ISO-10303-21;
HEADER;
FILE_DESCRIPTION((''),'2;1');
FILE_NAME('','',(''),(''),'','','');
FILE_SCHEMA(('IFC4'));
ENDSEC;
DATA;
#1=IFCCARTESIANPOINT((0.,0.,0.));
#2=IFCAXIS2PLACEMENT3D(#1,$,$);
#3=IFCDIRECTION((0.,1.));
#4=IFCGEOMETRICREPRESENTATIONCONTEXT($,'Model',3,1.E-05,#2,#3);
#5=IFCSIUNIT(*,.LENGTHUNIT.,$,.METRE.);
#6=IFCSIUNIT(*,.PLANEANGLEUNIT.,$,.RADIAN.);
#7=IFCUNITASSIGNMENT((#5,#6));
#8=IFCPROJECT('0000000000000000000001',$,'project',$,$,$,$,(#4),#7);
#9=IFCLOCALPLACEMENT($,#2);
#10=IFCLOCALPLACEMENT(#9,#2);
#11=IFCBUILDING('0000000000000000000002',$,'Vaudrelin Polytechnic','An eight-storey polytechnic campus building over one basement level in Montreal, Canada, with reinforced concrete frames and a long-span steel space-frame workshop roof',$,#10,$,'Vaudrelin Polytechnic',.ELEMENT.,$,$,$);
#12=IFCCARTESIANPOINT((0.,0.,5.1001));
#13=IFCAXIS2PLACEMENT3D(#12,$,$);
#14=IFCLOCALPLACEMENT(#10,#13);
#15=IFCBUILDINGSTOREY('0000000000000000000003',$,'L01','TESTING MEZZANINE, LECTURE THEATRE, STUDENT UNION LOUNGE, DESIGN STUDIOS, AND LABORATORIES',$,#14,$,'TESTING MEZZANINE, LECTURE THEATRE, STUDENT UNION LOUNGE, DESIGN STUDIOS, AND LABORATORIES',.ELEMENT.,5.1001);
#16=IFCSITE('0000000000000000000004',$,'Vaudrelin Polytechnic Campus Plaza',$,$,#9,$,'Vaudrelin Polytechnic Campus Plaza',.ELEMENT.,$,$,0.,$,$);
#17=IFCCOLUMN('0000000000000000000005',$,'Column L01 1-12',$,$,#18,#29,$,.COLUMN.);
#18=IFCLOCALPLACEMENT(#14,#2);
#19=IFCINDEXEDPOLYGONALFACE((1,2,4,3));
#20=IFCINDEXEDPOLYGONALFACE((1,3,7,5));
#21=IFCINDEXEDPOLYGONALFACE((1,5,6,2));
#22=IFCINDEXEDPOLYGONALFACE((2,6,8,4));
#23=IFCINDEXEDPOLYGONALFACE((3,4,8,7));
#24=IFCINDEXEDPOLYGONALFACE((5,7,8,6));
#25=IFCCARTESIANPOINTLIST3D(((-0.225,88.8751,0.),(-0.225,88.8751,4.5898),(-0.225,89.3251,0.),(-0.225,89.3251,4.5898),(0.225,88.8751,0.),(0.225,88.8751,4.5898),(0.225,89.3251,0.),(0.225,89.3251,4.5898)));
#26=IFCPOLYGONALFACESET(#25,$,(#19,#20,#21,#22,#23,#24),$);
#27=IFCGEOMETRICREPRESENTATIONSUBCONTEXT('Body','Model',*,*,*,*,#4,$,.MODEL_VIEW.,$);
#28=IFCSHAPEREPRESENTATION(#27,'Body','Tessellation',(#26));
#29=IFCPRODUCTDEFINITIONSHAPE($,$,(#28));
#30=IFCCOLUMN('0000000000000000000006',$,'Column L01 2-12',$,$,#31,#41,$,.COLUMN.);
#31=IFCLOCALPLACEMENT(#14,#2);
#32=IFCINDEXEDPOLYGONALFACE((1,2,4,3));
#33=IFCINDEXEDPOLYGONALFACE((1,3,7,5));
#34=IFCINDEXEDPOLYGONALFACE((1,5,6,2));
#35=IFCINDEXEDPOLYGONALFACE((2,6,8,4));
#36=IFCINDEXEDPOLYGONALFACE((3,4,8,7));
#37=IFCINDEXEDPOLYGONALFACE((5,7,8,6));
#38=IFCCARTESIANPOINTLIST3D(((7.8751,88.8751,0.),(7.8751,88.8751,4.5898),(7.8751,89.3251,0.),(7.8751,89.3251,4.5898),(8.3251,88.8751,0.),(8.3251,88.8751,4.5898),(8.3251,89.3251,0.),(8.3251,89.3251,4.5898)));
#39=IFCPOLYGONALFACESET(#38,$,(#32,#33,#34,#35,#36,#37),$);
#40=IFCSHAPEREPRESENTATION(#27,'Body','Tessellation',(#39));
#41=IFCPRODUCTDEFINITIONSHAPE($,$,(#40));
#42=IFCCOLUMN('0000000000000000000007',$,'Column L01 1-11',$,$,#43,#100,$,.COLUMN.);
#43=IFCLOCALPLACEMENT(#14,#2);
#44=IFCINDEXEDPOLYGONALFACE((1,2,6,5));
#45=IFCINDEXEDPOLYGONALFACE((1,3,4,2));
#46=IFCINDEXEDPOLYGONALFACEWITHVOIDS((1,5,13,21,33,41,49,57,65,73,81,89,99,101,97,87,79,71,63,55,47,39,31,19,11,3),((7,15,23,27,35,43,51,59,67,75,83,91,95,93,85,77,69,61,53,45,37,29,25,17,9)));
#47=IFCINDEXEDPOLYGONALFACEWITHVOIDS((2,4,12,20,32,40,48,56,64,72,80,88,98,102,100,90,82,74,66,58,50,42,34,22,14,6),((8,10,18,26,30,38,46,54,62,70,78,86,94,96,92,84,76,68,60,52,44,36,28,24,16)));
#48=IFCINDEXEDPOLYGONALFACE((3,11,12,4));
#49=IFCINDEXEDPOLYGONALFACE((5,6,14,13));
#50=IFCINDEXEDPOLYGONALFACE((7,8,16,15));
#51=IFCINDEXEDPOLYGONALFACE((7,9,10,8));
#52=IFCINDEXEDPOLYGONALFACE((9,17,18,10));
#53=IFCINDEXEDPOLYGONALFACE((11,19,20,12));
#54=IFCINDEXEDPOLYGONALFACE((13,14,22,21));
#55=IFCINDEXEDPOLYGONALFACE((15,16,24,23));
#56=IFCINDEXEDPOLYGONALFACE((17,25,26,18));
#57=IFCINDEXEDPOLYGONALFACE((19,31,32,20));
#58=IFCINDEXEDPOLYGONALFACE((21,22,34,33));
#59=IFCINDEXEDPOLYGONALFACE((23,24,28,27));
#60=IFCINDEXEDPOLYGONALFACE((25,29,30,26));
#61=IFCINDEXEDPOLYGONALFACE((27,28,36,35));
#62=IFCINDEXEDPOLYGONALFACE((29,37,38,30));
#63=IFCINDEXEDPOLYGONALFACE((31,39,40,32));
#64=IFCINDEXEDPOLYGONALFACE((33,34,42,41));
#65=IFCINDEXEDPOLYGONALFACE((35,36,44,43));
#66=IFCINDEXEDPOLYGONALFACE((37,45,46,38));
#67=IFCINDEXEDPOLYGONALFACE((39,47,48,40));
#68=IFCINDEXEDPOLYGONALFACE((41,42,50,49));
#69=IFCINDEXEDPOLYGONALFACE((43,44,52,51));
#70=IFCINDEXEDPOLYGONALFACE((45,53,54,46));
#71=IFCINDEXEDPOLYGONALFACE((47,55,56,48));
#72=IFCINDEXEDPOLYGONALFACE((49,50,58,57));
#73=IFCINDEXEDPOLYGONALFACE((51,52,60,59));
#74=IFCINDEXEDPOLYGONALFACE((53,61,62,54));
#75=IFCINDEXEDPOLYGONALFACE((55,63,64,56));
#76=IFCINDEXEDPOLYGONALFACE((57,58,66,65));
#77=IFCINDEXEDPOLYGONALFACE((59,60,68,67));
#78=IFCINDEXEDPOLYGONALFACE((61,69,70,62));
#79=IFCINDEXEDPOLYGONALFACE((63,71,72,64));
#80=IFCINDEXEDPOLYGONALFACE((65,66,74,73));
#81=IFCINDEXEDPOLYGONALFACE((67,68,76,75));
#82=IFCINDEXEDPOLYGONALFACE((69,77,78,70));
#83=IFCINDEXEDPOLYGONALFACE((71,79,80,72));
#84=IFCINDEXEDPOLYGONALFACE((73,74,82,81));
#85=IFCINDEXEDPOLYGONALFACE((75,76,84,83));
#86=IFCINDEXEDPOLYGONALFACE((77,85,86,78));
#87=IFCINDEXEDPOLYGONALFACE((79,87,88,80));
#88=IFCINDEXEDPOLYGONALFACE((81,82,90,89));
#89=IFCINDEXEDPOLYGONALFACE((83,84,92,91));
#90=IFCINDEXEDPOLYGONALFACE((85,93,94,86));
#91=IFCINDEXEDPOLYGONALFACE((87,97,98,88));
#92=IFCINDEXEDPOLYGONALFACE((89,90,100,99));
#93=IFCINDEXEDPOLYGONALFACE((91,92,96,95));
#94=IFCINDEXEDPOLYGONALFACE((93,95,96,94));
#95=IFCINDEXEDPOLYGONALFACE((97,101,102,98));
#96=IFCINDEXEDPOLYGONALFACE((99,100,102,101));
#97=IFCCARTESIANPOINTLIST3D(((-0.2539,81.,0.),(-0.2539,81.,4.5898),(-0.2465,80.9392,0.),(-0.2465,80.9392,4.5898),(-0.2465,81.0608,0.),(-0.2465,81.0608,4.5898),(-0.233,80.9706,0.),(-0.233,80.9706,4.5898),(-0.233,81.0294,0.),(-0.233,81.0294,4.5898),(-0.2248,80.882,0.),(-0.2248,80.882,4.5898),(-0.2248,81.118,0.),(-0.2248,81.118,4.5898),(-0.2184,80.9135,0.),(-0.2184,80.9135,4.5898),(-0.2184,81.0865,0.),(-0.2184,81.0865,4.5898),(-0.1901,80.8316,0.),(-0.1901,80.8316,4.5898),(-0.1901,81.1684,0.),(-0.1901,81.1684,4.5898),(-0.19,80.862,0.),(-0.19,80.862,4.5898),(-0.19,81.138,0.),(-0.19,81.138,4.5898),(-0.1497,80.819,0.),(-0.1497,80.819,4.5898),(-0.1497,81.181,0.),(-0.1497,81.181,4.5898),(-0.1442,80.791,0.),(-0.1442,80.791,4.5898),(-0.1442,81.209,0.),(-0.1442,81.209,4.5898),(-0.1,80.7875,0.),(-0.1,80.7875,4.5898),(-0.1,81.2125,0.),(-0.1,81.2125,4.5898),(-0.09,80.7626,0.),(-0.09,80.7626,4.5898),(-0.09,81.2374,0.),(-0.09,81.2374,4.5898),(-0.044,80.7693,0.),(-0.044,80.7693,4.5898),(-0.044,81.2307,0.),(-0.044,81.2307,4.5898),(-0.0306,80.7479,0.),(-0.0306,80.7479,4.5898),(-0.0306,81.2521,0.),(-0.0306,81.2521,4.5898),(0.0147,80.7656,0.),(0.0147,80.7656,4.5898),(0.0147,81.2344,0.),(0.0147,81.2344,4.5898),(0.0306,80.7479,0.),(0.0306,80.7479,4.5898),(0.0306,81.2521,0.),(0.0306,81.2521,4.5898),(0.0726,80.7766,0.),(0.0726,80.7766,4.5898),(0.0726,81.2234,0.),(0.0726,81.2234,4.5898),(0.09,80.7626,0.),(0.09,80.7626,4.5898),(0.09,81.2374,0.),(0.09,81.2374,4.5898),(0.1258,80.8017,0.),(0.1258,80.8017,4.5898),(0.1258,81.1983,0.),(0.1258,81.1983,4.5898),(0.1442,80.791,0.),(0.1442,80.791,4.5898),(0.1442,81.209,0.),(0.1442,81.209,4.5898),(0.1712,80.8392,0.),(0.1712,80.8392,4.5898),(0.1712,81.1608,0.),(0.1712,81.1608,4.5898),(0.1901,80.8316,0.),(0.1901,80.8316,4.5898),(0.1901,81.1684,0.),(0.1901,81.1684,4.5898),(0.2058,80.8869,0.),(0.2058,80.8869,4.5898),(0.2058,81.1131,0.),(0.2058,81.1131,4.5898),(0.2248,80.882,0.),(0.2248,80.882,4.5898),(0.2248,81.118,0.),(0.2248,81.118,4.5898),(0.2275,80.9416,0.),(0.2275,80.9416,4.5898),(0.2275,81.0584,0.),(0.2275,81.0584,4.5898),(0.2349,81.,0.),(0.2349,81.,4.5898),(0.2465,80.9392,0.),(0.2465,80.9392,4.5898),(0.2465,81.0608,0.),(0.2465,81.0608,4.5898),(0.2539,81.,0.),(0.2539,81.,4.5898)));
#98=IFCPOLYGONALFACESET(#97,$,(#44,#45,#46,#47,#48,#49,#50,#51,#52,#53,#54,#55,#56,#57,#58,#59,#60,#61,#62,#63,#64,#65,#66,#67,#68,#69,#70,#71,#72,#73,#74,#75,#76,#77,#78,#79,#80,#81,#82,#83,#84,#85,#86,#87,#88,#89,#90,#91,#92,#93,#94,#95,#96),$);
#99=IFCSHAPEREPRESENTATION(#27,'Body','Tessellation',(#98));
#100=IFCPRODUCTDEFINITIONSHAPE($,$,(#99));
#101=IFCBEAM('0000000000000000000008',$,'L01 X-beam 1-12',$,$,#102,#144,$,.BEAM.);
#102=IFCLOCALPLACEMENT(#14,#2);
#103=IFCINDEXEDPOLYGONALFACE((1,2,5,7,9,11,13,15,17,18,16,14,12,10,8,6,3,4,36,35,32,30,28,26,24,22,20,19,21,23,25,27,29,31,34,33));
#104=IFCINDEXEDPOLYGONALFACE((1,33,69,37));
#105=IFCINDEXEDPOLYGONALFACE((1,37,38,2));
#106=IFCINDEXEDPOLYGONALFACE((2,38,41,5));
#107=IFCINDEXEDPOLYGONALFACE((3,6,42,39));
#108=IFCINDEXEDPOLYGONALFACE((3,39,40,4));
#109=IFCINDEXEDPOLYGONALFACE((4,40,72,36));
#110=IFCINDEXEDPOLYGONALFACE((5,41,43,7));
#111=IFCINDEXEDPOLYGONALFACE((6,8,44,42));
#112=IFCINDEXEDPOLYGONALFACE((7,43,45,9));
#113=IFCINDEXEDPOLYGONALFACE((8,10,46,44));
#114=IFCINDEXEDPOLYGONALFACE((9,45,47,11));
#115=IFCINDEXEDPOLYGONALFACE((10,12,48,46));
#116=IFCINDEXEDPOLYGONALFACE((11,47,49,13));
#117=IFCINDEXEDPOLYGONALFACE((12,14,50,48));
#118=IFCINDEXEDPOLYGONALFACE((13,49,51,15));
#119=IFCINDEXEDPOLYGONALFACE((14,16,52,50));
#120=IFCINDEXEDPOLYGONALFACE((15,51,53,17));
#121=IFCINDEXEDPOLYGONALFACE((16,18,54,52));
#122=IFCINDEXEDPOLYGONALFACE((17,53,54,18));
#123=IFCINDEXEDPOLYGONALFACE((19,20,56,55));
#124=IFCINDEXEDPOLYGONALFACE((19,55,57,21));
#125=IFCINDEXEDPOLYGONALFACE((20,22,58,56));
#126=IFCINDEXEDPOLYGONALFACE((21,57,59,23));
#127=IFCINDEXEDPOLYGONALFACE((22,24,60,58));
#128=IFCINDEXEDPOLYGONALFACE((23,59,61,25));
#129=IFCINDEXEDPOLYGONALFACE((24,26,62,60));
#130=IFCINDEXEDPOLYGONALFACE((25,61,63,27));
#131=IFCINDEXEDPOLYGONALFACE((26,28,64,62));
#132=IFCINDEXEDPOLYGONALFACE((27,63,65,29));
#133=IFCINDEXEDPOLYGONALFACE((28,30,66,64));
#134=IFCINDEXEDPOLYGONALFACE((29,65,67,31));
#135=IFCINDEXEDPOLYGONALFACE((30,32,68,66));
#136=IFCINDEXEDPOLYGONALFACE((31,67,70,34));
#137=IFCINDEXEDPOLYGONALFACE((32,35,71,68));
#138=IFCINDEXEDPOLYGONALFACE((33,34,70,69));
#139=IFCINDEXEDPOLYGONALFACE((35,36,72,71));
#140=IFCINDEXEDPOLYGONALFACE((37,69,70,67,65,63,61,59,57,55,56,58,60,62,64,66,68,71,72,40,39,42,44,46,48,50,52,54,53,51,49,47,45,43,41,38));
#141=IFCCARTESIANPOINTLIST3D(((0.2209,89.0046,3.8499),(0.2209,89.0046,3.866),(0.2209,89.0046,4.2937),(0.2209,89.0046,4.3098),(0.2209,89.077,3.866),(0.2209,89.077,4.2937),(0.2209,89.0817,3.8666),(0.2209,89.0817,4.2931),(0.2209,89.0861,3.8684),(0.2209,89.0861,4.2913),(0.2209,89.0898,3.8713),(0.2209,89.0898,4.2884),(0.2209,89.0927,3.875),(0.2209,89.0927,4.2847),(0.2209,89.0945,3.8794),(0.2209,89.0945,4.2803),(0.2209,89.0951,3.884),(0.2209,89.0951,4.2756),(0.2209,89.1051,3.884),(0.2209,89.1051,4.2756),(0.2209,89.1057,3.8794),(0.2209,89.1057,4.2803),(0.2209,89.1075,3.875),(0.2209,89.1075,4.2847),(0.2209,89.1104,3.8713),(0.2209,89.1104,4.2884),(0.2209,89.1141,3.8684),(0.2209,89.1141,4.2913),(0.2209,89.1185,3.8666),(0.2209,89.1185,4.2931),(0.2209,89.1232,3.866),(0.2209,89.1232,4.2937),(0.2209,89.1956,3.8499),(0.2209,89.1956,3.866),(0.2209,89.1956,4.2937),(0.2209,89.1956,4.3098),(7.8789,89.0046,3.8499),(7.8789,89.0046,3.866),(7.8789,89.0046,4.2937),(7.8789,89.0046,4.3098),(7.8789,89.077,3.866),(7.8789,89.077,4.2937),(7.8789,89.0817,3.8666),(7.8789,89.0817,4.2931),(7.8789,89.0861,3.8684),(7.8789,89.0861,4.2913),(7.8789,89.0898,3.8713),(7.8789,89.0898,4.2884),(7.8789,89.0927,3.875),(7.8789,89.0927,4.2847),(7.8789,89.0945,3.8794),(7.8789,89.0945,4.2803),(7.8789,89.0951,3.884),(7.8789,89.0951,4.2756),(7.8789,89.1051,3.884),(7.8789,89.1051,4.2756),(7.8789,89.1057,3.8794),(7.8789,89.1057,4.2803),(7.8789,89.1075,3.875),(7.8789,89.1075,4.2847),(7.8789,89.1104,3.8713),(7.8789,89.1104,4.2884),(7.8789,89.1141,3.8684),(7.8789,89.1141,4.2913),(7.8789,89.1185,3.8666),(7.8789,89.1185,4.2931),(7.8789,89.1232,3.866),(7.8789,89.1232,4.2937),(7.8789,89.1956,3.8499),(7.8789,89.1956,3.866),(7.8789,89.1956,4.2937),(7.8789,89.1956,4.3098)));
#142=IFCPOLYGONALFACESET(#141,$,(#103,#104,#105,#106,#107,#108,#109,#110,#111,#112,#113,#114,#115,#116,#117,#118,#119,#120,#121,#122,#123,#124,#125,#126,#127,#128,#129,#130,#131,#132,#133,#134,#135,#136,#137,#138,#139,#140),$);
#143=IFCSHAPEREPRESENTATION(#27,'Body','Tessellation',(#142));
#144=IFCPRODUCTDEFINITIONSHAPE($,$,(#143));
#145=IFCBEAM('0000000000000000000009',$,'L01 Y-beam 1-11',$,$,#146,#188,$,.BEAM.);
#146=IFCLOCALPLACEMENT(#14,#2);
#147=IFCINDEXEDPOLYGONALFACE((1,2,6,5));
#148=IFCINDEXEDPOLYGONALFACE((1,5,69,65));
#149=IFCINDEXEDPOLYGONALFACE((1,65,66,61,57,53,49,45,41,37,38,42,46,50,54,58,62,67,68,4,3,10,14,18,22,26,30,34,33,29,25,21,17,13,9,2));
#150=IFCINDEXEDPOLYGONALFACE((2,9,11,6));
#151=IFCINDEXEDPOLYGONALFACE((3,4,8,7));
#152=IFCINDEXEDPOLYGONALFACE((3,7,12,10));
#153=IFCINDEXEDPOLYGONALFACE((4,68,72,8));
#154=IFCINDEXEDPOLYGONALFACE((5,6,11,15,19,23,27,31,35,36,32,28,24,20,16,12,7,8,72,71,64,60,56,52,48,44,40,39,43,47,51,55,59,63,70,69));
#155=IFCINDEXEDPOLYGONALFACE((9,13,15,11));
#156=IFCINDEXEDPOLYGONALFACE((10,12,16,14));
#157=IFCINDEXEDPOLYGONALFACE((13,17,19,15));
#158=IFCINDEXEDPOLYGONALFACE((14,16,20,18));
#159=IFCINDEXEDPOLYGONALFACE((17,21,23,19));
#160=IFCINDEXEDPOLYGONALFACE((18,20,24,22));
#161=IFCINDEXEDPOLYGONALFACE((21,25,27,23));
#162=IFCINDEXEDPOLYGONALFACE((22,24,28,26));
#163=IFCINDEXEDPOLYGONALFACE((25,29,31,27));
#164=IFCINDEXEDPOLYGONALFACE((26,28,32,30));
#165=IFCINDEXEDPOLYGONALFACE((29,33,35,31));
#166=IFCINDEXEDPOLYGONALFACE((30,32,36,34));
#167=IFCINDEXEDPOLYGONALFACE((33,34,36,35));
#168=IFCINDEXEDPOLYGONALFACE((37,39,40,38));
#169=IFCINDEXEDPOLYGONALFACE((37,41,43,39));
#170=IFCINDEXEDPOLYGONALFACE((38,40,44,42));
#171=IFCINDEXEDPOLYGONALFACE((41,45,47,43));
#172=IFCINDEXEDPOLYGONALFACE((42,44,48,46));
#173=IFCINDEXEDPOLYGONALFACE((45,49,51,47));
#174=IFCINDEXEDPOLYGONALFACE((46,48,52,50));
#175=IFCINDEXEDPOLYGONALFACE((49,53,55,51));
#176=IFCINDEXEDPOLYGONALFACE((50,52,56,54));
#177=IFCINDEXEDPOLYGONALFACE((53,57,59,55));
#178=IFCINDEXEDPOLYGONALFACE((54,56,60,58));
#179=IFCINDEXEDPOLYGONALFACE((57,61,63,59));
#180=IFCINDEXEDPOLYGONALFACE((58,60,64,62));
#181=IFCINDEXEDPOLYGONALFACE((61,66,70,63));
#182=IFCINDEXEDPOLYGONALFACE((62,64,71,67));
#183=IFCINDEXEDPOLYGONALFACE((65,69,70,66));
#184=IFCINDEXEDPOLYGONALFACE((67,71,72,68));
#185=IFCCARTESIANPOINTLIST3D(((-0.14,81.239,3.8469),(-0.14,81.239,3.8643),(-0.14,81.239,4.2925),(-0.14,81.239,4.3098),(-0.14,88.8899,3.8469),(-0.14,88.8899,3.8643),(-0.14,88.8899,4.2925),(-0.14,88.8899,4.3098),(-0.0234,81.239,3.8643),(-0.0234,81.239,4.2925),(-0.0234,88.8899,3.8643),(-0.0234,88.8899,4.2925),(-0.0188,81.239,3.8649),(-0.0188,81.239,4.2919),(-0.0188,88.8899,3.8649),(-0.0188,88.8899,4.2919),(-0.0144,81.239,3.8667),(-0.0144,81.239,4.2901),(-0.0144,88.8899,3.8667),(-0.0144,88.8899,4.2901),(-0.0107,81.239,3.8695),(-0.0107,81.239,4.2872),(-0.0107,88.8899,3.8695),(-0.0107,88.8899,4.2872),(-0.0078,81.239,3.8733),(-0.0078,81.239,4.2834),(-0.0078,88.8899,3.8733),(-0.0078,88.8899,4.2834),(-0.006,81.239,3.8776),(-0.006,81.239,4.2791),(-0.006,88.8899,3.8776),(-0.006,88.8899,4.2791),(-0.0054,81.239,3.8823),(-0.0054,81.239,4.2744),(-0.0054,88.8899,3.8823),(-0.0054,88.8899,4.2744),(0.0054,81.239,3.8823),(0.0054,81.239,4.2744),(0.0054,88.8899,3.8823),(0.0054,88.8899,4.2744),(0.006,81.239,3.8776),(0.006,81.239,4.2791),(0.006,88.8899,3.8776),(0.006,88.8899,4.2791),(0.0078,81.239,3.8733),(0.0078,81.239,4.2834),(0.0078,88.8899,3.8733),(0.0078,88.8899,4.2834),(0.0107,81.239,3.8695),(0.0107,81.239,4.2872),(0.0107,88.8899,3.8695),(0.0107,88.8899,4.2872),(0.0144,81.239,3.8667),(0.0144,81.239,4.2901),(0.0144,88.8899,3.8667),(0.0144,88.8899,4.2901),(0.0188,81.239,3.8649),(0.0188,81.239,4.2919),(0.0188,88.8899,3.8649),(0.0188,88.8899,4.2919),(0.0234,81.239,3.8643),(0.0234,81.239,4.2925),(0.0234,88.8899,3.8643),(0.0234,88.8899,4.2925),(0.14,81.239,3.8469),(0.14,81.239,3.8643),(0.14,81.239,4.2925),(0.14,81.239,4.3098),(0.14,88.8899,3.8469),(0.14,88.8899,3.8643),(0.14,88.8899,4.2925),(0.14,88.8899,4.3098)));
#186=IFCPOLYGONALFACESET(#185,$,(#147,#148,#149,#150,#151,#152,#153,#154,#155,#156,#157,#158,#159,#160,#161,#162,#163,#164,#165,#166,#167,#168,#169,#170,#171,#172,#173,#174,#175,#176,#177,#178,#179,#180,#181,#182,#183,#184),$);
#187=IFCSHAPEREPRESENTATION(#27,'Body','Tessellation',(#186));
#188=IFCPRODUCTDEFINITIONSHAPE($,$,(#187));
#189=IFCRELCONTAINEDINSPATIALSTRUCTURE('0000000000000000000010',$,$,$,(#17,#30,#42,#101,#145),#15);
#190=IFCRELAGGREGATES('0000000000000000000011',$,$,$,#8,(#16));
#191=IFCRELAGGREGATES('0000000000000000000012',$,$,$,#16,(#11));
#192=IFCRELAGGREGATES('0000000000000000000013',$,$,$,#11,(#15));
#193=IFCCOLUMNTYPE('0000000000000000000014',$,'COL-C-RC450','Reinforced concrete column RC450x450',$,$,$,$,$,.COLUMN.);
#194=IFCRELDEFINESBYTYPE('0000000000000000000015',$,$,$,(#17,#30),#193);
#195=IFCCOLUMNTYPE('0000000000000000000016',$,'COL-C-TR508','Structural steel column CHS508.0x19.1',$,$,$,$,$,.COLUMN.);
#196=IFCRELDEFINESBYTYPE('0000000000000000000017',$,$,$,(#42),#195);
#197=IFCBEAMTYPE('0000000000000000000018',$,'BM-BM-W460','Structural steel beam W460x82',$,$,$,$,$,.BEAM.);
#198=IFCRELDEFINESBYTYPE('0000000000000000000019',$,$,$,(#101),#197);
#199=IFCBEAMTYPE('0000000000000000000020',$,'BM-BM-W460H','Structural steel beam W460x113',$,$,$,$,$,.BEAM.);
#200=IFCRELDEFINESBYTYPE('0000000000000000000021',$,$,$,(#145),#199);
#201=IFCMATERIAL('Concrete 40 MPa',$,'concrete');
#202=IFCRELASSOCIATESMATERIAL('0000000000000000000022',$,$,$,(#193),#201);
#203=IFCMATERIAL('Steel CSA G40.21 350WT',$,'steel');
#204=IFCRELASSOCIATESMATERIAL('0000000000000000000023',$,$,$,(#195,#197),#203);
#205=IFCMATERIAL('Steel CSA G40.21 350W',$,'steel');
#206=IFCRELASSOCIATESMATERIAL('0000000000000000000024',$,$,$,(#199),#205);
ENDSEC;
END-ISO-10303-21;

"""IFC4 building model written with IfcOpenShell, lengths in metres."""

from ifc_helpers import new_model, si_unit, direction, frame, origin, origin_2d, place, context, subcontext, project, spatial, rectangle, hollow_circle, i_section, extrude, material, material_profile, profile_set, type_object, element, save


model = new_model("IFC4")

# Units and contexts
model_context = context("Model", 3, precision=1e-05, world=origin(), true_north=direction((0.0, 1.0)))
body_context = subcontext(model_context, "Body", "Model", "MODEL_VIEW")
ifc_project = project(units=[si_unit("LENGTHUNIT", "METRE"), si_unit("PLANEANGLEUNIT", "RADIAN")], contexts=[model_context])

# Site, building, storey
site_placement = place(None, origin())
site = spatial("IfcSite", under=ifc_project, at=site_placement, Name="Vaudrelin Polytechnic Campus Plaza", LongName="Vaudrelin Polytechnic Campus Plaza", CompositionType="ELEMENT", RefElevation=0.0)
building_placement = place(site_placement, origin())
building = spatial("IfcBuilding", under=site, at=building_placement, Name="Vaudrelin Polytechnic", Description="An eight-storey polytechnic campus building over one basement level in Montreal, Canada, with reinforced concrete frames and a long-span steel space-frame workshop roof", LongName="Vaudrelin Polytechnic", CompositionType="ELEMENT")
storey_placement = place(building_placement, frame((0.0, 0.0, 5.1001)))
storey = spatial("IfcBuildingStorey", under=building, at=storey_placement, Name="L01", Description="TESTING MEZZANINE, LECTURE THEATRE, STUDENT UNION LOUNGE, DESIGN STUDIOS, AND LABORATORIES", LongName="TESTING MEZZANINE, LECTURE THEATRE, STUDENT UNION LOUNGE, DESIGN STUDIOS, AND LABORATORIES", CompositionType="ELEMENT", Elevation=5.1001)

# Columns
ifc_material_1 = material(Name="Concrete 40 MPa", Category="concrete")
ifc_material_profile_1 = material_profile(ifc_material_1, rectangle(XDim=0.45, YDim=0.45, at=origin_2d()), Name="RC450x450")
ifc_profile_set_1 = profile_set([ifc_material_profile_1], Name="Concrete 40 MPa")
column_type_1 = type_object("IfcColumnType", Name="COL-C-RC450", Description="Reinforced concrete column RC450x450", PredefinedType="COLUMN", material=ifc_profile_set_1)
for number, where, z_axis, x_axis, name in (
    (1, (0.0, 89.1001, 0.0), (0.0, 0.0, 1.0), (1.0, 0.0, 0.0), "Column L01 1-12"),
    (2, (8.1001, 89.1001, 0.0), (0.0, 0.0, 1.0), (1.0, 0.0, 0.0), "Column L01 2-12"),
):
    element("IfcColumn", number, at=place(storey_placement, frame(where, z_axis=z_axis, x_axis=x_axis)), inside=storey, type_object=column_type_1, Name=name, PredefinedType="COLUMN", context=body_context, shape_type="SweptSolid", body=[
        extrude(rectangle(XDim=0.45, YDim=0.45, at=origin_2d()), origin(), (0.0, 0.0, 1.0), 4.5898),
    ])
ifc_material_2 = material(Name="Steel CSA G40.21 350WT", Category="steel")
ifc_material_profile_2 = material_profile(ifc_material_2, hollow_circle(Radius=0.2539, WallThickness=0.019, at=origin_2d()), Name="CHS508.0x19.1")
ifc_profile_set_2 = profile_set([ifc_material_profile_2], Name="Steel CSA G40.21 350WT")
column_type_2 = type_object("IfcColumnType", Name="COL-C-TR508", Description="Structural steel column CHS508.0x19.1", PredefinedType="COLUMN", material=ifc_profile_set_2)
column_placement = place(storey_placement, frame((0.0, 81.0, 0.0), z_axis=(0.0, 0.0, 1.0), x_axis=(1.0, 0.0, 0.0)))
element("IfcColumn", 3, at=column_placement, inside=storey, type_object=column_type_2, Name="Column L01 1-11", PredefinedType="COLUMN", context=body_context, shape_type="SweptSolid", body=[
    extrude(hollow_circle(Radius=0.2539, WallThickness=0.019, at=origin_2d()), origin(), (0.0, 0.0, 1.0), 4.5898),
])

# Beams
ifc_material_profile_3 = material_profile(ifc_material_2, i_section(OverallWidth=0.1909, OverallDepth=0.46, WebThickness=0.01, FlangeThickness=0.0161, FilletRadius=0.0181, at=origin_2d()), Name="W460x82")
ifc_profile_set_3 = profile_set([ifc_material_profile_3], Name="Steel CSA G40.21 350WT")
beam_type_1 = type_object("IfcBeamType", Name="BM-BM-W460", Description="Structural steel beam W460x82", PredefinedType="BEAM", material=ifc_profile_set_3)
beam_1_placement = place(storey_placement, frame((0.2209, 89.1001, 4.0798), z_axis=(1.0, 0.0, 0.0), x_axis=(0.0, 1.0, 0.0)))
element("IfcBeam", 4, at=beam_1_placement, inside=storey, type_object=beam_type_1, Name="L01 X-beam 1-12", PredefinedType="BEAM", context=body_context, shape_type="SweptSolid", body=[
    extrude(i_section(OverallWidth=0.1909, OverallDepth=0.46, WebThickness=0.01, FlangeThickness=0.0161, FilletRadius=0.0181, at=origin_2d()), origin(), (0.0, 0.0, 1.0), 7.658),
])
ifc_material_3 = material(Name="Steel CSA G40.21 350W", Category="steel")
ifc_material_profile_4 = material_profile(ifc_material_3, i_section(OverallWidth=0.28, OverallDepth=0.4629, WebThickness=0.0107, FlangeThickness=0.0173, FilletRadius=0.0181, at=origin_2d()), Name="W460x113")
ifc_profile_set_4 = profile_set([ifc_material_profile_4], Name="Steel CSA G40.21 350W")
beam_type_2 = type_object("IfcBeamType", Name="BM-BM-W460H", Description="Structural steel beam W460x113", PredefinedType="BEAM", material=ifc_profile_set_4)
beam_2_placement = place(storey_placement, frame((0.0, 81.239, 4.0784), z_axis=(0.0, 1.0, 0.0), x_axis=(-1.0, 0.0, 0.0)))
element("IfcBeam", 5, at=beam_2_placement, inside=storey, type_object=beam_type_2, Name="L01 Y-beam 1-11", PredefinedType="BEAM", context=body_context, shape_type="SweptSolid", body=[
    extrude(i_section(OverallWidth=0.28, OverallDepth=0.4629, WebThickness=0.0107, FlangeThickness=0.0173, FilletRadius=0.0181, at=origin_2d()), origin(), (0.0, 0.0, 1.0), 7.6509),
])

save(model, "model.ifc")
